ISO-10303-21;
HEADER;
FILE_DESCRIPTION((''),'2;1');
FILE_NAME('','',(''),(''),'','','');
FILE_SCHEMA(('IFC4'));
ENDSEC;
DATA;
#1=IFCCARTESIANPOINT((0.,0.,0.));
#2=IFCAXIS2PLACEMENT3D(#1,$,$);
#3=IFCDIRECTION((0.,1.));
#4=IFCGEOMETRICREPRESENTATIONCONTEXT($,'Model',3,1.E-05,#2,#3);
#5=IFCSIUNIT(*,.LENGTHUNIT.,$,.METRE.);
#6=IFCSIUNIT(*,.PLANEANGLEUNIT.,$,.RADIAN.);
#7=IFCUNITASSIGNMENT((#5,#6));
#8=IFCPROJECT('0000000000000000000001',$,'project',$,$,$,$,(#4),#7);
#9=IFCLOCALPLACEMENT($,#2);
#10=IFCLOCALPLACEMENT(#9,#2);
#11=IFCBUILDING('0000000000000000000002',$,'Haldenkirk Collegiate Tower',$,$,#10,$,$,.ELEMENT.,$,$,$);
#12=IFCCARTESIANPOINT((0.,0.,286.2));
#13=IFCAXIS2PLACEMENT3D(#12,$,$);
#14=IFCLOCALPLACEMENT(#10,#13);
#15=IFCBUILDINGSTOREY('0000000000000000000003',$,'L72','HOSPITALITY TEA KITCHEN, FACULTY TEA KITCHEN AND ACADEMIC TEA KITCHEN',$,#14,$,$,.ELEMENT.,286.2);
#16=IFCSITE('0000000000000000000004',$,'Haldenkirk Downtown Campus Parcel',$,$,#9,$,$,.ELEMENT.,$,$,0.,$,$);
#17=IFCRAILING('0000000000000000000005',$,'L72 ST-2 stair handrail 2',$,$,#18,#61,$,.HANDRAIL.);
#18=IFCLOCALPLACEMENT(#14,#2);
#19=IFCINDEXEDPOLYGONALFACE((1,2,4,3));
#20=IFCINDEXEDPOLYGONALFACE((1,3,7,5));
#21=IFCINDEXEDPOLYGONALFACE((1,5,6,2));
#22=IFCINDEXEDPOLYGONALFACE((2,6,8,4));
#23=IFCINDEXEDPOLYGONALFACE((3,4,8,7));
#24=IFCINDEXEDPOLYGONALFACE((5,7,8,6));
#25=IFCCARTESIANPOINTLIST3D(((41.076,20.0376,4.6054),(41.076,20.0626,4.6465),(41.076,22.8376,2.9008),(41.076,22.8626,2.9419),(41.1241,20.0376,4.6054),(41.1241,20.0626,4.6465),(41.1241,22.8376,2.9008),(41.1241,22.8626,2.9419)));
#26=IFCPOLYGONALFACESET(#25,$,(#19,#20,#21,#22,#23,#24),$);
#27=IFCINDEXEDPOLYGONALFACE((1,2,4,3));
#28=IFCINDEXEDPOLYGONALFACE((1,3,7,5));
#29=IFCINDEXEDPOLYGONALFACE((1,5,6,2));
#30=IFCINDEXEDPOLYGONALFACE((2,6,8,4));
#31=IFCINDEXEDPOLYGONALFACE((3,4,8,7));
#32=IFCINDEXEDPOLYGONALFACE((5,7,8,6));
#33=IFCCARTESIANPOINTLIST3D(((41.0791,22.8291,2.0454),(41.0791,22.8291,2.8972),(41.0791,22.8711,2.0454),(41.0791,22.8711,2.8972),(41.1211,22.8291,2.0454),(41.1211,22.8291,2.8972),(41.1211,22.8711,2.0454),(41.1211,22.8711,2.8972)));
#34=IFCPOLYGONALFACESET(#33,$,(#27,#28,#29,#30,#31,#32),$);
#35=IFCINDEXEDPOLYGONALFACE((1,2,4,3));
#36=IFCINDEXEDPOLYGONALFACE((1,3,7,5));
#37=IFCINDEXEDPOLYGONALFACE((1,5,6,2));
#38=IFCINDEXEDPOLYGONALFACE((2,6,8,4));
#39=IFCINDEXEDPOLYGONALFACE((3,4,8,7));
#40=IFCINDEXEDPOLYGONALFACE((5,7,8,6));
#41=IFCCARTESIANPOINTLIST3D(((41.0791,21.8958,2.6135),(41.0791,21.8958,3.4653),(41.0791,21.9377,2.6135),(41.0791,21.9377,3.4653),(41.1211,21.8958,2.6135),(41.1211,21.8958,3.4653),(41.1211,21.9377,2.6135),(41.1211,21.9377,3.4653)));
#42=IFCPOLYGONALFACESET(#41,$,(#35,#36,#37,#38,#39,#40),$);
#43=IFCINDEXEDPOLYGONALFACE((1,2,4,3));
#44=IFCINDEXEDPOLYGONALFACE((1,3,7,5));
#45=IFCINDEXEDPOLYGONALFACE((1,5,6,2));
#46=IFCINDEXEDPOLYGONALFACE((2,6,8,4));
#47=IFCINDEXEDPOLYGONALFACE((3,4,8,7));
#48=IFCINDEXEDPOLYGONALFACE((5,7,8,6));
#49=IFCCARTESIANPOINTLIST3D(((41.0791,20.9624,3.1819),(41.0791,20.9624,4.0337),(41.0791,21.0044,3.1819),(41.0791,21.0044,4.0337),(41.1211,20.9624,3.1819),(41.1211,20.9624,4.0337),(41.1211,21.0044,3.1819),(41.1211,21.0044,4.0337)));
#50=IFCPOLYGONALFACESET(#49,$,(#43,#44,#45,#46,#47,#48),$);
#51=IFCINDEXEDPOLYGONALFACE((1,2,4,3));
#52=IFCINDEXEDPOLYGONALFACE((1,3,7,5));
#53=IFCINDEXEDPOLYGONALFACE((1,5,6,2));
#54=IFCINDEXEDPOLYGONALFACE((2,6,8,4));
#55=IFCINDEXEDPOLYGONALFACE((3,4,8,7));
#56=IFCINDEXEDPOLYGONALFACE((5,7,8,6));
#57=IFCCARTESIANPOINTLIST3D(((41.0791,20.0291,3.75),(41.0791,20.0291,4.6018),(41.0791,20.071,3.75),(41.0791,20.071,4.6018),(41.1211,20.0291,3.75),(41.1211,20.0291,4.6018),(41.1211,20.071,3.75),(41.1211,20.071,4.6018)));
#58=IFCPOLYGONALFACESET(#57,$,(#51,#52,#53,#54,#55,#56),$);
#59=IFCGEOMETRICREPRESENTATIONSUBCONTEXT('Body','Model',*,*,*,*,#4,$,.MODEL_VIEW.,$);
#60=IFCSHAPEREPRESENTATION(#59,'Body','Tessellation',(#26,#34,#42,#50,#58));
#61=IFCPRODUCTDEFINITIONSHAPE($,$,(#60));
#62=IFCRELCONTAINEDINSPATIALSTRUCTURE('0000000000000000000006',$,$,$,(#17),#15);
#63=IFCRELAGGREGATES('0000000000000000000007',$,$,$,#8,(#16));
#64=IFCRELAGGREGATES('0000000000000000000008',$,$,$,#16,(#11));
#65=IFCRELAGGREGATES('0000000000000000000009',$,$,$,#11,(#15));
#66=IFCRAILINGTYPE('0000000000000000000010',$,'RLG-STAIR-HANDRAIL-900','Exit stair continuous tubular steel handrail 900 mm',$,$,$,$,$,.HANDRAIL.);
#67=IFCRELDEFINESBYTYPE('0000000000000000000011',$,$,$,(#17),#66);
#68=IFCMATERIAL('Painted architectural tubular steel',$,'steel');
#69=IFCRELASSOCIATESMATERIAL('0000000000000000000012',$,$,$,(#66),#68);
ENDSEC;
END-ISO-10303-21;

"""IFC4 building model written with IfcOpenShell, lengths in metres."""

from ifc_helpers import new_model, si_unit, direction, frame, origin, origin_2d, place, context, subcontext, project, spatial, rectangle, extrude, material, type_object, element, save


model = new_model("IFC4")

# Units and contexts
model_context = context("Model", 3, precision=1e-05, world=origin(), true_north=direction((0.0, 1.0)))
body_context = subcontext(model_context, "Body", "Model", "MODEL_VIEW")
ifc_project = project(units=[si_unit("LENGTHUNIT", "METRE"), si_unit("PLANEANGLEUNIT", "RADIAN")], contexts=[model_context])

# Site, building, storey
site_placement = place(None, origin())
site = spatial("IfcSite", under=ifc_project, at=site_placement, Name="Haldenkirk Downtown Campus Parcel", CompositionType="ELEMENT", RefElevation=0.0)
building_placement = place(site_placement, origin())
building = spatial("IfcBuilding", under=site, at=building_placement, Name="Haldenkirk Collegiate Tower", CompositionType="ELEMENT")
storey_placement = place(building_placement, frame((0.0, 0.0, 286.2)))
storey = spatial("IfcBuildingStorey", under=building, at=storey_placement, Name="L72", Description="HOSPITALITY TEA KITCHEN, FACULTY TEA KITCHEN AND ACADEMIC TEA KITCHEN", CompositionType="ELEMENT", Elevation=286.2)

# Railing
ifc_material_1 = material(Name="Painted architectural tubular steel", Category="steel")
railing_type_1 = type_object("IfcRailingType", Name="RLG-STAIR-HANDRAIL-900", Description="Exit stair continuous tubular steel handrail 900 mm", PredefinedType="HANDRAIL", material=ifc_material_1)
railing_1_placement = place(storey_placement, frame((41.1001, 22.8501, 2.0454)))
element("IfcRailing", 1, at=railing_1_placement, inside=storey, type_object=railing_type_1, Name="L72 ST-2 stair handrail 2", PredefinedType="HANDRAIL", context=body_context, shape_type="SweptSolid", body=[
    extrude(rectangle(XDim=0.0481, YDim=0.0481, at=origin_2d()), frame((0.0, 0.0, 0.876), z_axis=(0.0, -0.85417, 0.519994), x_axis=(1.0, 0.0, 0.0)), (0.0, 0.0, 1.0), 3.2781),
    extrude(rectangle(XDim=0.042, YDim=0.042, at=origin_2d()), origin(), (0.0, 0.0, 1.0), 0.8518),
    extrude(rectangle(XDim=0.042, YDim=0.042, at=origin_2d()), frame((0.0, -0.9333, 0.5681)), (0.0, 0.0, 1.0), 0.8518),
    extrude(rectangle(XDim=0.042, YDim=0.042, at=origin_2d()), frame((0.0, -1.8667, 1.1365)), (0.0, 0.0, 1.0), 0.8518),
    extrude(rectangle(XDim=0.042, YDim=0.042, at=origin_2d()), frame((0.0, -2.8, 1.7046)), (0.0, 0.0, 1.0), 0.8518),
])

save(model, "model.ifc")
